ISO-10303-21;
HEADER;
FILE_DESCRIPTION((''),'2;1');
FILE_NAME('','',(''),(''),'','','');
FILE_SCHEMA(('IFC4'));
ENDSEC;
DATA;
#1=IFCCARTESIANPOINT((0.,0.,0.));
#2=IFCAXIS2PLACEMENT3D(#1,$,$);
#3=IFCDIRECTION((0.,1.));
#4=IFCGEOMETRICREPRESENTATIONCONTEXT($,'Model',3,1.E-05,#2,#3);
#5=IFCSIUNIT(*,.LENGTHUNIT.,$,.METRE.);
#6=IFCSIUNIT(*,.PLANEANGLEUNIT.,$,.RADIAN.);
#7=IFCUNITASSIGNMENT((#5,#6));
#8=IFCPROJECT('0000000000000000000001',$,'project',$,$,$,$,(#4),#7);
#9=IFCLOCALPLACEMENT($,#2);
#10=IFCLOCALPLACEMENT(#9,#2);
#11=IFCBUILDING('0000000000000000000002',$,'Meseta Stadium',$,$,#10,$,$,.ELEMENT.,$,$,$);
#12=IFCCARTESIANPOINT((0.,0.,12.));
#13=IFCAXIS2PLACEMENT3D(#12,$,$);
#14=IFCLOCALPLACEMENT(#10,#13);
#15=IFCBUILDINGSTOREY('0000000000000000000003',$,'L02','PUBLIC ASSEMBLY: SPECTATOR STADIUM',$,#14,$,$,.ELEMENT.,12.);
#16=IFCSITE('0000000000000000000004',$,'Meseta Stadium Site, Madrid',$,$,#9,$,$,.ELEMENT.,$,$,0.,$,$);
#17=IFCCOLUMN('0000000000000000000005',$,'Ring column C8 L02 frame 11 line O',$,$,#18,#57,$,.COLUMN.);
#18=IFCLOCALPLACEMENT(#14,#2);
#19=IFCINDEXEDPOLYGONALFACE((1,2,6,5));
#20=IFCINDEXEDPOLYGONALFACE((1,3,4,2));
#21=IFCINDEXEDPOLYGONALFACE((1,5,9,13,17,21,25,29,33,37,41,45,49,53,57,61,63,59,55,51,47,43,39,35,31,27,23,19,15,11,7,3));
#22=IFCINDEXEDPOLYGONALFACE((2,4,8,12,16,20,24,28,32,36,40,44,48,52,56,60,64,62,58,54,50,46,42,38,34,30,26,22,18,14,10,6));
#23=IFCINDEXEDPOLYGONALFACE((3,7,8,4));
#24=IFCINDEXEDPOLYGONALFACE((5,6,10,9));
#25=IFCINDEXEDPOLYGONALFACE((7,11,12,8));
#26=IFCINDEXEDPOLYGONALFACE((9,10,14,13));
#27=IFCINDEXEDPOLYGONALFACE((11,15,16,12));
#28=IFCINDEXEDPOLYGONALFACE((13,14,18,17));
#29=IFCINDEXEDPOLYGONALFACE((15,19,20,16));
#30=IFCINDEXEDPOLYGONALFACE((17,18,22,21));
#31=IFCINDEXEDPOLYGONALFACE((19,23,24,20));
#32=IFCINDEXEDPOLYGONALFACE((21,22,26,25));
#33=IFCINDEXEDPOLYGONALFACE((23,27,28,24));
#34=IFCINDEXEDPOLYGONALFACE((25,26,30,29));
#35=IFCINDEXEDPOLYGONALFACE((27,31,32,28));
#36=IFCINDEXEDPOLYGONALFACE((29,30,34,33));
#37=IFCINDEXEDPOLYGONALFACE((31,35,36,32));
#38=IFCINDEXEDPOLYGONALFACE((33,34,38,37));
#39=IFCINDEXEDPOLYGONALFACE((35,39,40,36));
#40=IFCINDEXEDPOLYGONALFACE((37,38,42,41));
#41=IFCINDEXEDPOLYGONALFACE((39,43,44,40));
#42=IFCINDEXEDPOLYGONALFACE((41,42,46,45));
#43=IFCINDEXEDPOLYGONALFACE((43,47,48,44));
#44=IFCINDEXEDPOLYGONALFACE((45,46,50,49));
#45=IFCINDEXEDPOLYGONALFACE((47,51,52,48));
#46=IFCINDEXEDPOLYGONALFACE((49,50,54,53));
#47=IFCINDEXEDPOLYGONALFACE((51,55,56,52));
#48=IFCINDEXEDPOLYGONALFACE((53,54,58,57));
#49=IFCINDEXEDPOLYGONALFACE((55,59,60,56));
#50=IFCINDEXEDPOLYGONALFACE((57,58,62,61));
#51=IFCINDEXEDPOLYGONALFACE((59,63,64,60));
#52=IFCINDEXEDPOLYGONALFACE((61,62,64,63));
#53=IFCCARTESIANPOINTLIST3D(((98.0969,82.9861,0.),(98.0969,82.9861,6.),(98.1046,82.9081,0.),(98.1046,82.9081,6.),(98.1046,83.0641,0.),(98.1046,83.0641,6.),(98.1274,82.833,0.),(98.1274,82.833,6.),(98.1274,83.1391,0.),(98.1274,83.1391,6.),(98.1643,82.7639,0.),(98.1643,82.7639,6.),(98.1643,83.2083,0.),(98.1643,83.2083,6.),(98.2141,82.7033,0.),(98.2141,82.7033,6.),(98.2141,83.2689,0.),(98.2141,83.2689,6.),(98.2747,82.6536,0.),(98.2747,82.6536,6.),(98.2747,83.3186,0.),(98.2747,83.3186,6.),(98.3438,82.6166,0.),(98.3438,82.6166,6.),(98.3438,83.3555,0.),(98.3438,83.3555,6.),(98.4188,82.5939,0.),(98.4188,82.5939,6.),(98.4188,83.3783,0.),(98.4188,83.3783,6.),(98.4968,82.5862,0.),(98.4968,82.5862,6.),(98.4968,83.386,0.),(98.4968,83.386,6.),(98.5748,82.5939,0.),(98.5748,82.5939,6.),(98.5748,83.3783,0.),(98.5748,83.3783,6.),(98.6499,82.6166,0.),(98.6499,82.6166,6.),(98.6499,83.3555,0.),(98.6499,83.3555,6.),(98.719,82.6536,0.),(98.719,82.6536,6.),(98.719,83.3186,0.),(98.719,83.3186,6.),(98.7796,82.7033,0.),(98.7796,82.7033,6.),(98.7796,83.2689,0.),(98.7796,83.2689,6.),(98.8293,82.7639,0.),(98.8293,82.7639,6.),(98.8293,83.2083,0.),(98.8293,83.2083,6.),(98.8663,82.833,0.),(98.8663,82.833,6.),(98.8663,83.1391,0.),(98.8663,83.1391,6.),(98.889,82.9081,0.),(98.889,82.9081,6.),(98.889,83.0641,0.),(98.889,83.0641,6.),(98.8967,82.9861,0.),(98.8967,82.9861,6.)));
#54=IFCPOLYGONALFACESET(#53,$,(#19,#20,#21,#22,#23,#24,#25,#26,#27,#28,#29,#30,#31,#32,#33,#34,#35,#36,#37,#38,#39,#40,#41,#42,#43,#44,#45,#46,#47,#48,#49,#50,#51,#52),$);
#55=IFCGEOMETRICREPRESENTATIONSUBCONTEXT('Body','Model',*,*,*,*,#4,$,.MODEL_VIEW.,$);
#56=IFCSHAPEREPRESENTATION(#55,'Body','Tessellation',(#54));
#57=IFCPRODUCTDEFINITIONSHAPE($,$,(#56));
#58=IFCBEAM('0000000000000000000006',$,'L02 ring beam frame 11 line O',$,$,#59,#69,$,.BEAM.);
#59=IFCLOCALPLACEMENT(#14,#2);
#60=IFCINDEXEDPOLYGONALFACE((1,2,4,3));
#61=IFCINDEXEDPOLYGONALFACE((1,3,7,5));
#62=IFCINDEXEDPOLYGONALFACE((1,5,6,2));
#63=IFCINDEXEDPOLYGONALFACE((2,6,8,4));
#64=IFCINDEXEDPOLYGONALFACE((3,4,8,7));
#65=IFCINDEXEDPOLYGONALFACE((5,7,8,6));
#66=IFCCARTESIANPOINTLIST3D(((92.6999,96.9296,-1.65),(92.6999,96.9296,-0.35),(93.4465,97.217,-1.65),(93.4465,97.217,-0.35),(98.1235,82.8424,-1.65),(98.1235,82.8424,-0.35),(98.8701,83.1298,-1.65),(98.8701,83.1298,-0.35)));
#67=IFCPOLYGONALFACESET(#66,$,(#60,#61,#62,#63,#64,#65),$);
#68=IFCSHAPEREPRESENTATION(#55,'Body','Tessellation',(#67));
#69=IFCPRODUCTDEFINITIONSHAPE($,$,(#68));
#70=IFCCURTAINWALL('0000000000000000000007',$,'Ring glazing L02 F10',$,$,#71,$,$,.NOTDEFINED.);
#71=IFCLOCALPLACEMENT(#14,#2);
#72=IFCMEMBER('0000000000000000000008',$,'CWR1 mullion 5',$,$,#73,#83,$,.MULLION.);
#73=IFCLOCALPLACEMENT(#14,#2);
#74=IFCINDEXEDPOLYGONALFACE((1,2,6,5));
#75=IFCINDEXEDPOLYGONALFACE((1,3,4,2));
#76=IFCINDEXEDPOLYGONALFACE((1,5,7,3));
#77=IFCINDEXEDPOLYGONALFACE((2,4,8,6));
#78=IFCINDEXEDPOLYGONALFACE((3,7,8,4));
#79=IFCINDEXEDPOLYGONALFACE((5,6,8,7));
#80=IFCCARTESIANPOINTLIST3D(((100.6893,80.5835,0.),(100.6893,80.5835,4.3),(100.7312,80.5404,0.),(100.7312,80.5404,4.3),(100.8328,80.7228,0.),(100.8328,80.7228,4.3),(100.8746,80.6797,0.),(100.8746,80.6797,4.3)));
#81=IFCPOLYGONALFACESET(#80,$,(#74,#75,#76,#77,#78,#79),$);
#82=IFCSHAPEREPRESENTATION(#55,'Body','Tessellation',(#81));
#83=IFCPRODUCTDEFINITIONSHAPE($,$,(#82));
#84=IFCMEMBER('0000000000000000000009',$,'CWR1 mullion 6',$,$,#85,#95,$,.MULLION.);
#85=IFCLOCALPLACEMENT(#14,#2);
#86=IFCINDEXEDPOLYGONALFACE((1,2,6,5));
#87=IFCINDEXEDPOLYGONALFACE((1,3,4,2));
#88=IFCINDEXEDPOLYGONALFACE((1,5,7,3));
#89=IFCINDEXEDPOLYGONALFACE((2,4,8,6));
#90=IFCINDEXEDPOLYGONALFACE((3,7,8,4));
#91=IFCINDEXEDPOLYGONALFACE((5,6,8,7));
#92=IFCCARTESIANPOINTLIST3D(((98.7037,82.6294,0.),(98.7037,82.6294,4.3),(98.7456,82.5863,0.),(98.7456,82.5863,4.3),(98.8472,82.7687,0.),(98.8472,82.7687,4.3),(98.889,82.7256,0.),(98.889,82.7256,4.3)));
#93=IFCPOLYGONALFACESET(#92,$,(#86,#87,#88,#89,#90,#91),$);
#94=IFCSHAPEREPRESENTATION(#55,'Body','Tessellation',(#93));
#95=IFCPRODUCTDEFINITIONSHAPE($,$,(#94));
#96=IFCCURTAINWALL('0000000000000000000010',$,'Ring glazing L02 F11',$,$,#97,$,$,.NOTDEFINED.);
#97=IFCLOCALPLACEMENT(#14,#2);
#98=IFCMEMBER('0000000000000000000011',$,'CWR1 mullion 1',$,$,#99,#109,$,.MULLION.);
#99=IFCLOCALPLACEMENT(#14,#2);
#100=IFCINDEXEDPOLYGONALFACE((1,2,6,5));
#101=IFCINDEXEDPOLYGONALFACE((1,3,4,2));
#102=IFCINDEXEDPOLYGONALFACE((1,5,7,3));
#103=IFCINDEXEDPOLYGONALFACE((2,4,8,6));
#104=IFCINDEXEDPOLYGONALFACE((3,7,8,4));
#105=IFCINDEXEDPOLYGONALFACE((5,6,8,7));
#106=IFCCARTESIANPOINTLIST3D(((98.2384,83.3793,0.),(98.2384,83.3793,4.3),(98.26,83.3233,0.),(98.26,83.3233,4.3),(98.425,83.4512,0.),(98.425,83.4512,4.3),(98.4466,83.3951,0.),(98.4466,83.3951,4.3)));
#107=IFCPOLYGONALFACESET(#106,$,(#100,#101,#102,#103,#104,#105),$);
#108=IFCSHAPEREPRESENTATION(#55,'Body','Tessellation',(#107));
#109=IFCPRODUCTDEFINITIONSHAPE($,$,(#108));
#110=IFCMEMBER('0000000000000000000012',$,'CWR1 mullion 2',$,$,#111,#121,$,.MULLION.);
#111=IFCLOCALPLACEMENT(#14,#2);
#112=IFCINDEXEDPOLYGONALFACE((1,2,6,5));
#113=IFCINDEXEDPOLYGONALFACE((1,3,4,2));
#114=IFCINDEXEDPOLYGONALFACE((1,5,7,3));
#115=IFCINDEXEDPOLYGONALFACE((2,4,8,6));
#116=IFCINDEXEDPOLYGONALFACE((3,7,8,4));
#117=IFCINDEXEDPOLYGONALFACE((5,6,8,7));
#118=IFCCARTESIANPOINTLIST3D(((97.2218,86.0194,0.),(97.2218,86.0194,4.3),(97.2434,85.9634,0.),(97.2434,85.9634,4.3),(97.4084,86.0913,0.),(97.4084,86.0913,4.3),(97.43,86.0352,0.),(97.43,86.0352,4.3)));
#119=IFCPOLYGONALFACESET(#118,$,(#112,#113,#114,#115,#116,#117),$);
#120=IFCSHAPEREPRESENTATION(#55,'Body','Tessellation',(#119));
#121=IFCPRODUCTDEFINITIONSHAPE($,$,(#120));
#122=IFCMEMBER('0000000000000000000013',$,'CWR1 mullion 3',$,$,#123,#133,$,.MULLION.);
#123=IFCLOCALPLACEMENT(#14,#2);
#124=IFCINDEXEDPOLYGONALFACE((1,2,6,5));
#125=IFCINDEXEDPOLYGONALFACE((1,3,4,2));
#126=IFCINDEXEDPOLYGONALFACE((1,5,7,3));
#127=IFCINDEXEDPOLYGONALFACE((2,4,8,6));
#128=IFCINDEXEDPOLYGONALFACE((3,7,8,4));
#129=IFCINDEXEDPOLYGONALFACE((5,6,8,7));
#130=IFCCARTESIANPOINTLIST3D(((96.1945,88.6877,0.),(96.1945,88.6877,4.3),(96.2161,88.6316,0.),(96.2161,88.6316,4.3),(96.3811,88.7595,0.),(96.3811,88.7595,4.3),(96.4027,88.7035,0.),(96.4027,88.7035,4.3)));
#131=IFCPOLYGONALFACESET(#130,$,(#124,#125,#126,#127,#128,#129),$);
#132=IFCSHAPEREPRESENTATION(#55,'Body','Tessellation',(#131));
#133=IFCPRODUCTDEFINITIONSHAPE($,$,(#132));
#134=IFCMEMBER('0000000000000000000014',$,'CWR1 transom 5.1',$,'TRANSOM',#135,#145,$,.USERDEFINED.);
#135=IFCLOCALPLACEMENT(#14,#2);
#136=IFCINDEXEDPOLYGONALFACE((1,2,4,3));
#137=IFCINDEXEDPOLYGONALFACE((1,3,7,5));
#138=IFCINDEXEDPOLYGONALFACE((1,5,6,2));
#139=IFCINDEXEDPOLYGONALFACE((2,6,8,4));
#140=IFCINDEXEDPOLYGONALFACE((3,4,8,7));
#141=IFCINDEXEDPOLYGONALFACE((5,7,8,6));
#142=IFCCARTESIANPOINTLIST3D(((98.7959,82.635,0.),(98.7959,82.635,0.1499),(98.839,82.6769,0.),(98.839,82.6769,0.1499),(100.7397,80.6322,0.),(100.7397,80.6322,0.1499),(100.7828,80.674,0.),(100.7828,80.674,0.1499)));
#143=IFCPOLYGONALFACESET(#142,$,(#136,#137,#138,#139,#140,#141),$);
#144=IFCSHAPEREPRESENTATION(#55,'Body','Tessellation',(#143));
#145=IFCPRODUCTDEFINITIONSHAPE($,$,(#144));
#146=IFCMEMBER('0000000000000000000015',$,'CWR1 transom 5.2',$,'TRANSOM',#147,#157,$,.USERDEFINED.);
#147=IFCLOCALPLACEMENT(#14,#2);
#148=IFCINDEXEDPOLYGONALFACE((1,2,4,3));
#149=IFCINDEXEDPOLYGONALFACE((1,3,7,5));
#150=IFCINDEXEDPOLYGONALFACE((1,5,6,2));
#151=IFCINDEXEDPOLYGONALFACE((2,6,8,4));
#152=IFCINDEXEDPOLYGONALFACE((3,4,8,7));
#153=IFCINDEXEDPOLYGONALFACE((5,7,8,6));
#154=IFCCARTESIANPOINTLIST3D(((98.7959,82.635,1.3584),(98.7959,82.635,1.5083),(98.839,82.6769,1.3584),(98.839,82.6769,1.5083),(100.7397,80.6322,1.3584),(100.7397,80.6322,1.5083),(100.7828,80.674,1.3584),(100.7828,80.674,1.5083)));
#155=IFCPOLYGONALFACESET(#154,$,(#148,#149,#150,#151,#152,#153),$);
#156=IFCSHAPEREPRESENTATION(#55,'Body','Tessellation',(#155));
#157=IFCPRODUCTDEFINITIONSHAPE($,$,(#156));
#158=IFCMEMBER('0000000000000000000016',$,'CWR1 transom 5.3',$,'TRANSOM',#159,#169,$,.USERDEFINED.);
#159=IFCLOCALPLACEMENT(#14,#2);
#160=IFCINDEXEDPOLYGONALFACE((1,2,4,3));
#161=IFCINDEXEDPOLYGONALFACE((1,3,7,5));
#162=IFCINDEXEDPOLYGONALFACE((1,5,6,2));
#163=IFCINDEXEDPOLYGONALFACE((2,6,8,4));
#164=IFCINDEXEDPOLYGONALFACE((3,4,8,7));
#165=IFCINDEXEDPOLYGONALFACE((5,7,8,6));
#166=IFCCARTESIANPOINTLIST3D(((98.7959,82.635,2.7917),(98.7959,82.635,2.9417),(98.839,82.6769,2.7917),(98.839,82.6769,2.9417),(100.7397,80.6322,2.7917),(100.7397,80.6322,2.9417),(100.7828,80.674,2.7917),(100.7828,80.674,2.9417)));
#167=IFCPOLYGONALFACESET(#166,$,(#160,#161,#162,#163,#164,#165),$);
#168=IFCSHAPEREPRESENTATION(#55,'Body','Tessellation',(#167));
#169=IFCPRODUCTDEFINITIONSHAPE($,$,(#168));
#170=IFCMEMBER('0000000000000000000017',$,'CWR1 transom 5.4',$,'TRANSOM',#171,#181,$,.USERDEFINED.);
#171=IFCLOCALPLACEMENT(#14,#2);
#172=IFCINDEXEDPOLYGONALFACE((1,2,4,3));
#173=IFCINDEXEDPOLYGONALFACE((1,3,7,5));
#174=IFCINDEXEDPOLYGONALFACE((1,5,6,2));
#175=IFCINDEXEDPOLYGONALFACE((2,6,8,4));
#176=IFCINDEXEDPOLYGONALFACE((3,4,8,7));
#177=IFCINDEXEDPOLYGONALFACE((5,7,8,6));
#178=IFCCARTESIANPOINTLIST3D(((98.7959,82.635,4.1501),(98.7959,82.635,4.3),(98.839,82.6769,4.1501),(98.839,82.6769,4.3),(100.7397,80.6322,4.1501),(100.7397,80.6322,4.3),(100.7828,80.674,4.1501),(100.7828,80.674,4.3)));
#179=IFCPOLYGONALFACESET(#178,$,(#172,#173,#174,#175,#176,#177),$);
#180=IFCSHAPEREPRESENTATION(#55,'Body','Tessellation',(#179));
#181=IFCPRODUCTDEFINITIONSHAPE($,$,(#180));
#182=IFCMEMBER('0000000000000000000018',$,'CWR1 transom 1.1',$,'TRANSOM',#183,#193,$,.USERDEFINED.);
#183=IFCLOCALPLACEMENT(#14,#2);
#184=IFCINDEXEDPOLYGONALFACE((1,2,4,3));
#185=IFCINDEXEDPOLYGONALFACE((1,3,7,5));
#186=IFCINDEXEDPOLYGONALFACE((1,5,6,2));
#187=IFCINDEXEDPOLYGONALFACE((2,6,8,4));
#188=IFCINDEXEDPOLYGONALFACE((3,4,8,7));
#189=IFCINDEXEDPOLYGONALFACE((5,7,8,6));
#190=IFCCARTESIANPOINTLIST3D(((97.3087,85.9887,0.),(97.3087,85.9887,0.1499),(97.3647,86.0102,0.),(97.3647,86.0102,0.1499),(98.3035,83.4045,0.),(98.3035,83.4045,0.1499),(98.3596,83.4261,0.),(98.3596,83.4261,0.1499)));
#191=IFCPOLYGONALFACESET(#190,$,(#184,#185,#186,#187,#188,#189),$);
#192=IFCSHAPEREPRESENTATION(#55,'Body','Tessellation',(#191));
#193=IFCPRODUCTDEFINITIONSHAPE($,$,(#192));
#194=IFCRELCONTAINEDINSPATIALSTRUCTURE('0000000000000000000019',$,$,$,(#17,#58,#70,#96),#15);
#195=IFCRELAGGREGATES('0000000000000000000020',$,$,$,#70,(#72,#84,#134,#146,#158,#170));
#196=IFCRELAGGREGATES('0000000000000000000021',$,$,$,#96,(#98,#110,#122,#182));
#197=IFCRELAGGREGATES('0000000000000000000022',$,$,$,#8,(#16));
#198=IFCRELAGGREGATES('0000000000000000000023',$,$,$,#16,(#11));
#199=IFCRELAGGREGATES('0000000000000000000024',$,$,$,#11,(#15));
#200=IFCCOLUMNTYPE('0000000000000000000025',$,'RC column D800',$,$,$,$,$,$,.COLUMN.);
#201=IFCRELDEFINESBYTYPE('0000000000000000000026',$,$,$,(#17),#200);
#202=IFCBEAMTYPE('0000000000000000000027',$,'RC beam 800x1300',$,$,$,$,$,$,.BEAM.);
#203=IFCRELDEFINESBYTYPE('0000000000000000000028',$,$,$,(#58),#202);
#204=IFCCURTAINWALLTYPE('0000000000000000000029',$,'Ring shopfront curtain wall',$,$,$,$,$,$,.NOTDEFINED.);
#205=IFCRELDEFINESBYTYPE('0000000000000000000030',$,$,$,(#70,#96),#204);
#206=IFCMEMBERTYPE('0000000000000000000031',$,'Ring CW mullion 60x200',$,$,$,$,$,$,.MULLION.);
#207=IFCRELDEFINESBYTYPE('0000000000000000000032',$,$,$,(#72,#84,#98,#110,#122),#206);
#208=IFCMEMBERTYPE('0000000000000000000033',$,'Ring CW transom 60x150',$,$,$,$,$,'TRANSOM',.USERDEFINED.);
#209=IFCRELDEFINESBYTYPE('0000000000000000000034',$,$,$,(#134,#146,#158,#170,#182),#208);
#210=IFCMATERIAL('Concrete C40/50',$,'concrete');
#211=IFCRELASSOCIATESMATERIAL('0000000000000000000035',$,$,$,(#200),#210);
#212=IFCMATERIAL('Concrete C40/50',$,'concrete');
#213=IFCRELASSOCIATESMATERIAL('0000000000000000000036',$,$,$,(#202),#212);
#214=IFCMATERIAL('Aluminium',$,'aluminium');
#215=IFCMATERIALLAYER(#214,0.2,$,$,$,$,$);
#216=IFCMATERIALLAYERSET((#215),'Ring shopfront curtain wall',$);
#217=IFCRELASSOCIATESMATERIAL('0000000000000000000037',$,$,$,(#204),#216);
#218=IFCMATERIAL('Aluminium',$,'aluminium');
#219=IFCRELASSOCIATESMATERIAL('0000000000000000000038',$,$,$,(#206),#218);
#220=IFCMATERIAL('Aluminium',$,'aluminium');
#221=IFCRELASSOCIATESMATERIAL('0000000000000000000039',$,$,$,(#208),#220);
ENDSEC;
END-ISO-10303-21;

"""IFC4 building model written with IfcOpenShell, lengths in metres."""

from ifc_helpers import new_model, si_unit, direction, frame, origin, origin_2d, place, context, subcontext, project, spatial, rectangle, circle, extrude, material, layer, layer_set, material_profile, profile_set, type_object, element, aggregate, save


model = new_model("IFC4")

# Units and contexts
model_context = context("Model", 3, precision=1e-05, world=origin(), true_north=direction((0.0, 1.0)))
body_context = subcontext(model_context, "Body", "Model", "MODEL_VIEW")
ifc_project = project(units=[si_unit("LENGTHUNIT", "METRE"), si_unit("PLANEANGLEUNIT", "RADIAN")], contexts=[model_context])

# Site, building, storey
site_placement = place(None, origin())
site = spatial("IfcSite", under=ifc_project, at=site_placement, Name="Meseta Stadium Site, Madrid", CompositionType="ELEMENT", RefElevation=0.0)
building_placement = place(site_placement, origin())
building = spatial("IfcBuilding", under=site, at=building_placement, Name="Meseta Stadium", CompositionType="ELEMENT")
storey_placement = place(building_placement, frame((0.0, 0.0, 12.0)))
storey = spatial("IfcBuildingStorey", under=building, at=storey_placement, Name="L02", Description="PUBLIC ASSEMBLY: SPECTATOR STADIUM", CompositionType="ELEMENT", Elevation=12.0)

# Column
ifc_material_1 = material(Name="Concrete C40/50", Category="concrete")
ifc_material_profile_1 = material_profile(ifc_material_1, circle(Radius=0.3999, at=origin_2d()), Name="RC D800")
ifc_profile_set_1 = profile_set([ifc_material_profile_1], Name="Concrete C40/50")
column_type = type_object("IfcColumnType", Name="RC column D800", PredefinedType="COLUMN", material=ifc_profile_set_1)
column_placement = place(storey_placement, frame((98.4968, 82.9861, 0.0), z_axis=(0.0, 0.0, 1.0), x_axis=(1.0, 0.0, 0.0)))
element("IfcColumn", 1, at=column_placement, inside=storey, type_object=column_type, Name="Ring column C8 L02 frame 11 line O", PredefinedType="COLUMN", context=body_context, shape_type="SweptSolid", body=[
    extrude(circle(Radius=0.3999, at=origin_2d()), origin(), (0.0, 0.0, 1.0), 6.0),
])

# Beam
ifc_material_2 = material(Name="Concrete C40/50", Category="concrete")
ifc_material_profile_2 = material_profile(ifc_material_2, rectangle(XDim=0.8, YDim=1.3, at=origin_2d()), Name="RC 800x1300")
ifc_profile_set_2 = profile_set([ifc_material_profile_2], Name="Concrete C40/50")
beam_type = type_object("IfcBeamType", Name="RC beam 800x1300", PredefinedType="BEAM", material=ifc_profile_set_2)
beam_placement = place(storey_placement, frame((98.4968, 82.9861, -1.0), z_axis=(-0.359293, 0.933225, 0.0), x_axis=(-0.933225, -0.359293, 0.0)))
element("IfcBeam", 2, at=beam_placement, inside=storey, type_object=beam_type, Name="L02 ring beam frame 11 line O", PredefinedType="BEAM", context=body_context, shape_type="SweptSolid", body=[
    extrude(rectangle(XDim=0.8, YDim=1.3, at=origin_2d()), origin(), (0.0, 0.0, 1.0), 15.0952),
])

# Curtain walls, members
ifc_material_3 = material(Name="Aluminium", Category="aluminium")
ifc_layer_1 = layer(ifc_material_3, 0.2)
ifc_layer_set_1 = layer_set([ifc_layer_1], Name="Ring shopfront curtain wall")
curtain_wall_type = type_object("IfcCurtainWallType", Name="Ring shopfront curtain wall", PredefinedType="NOTDEFINED", material=ifc_layer_set_1)
curtain_wall_1_placement = place(storey_placement, origin())
curtain_wall_1 = element("IfcCurtainWall", 3, at=curtain_wall_1_placement, inside=storey, type_object=curtain_wall_type, Name="Ring glazing L02 F10", PredefinedType="NOTDEFINED")
ifc_material_4 = material(Name="Aluminium", Category="aluminium")
ifc_material_profile_3 = material_profile(ifc_material_4, rectangle(XDim=0.2, YDim=0.0601, at=origin_2d()), Name="CW 200x60")
ifc_profile_set_3 = profile_set([ifc_material_profile_3], Name="Aluminium")
member_type_1 = type_object("IfcMemberType", Name="Ring CW mullion 60x200", PredefinedType="MULLION", material=ifc_profile_set_3)
member_1_placement = place(storey_placement, frame((100.782, 80.6316, 0.0), z_axis=(0.0, 0.0, 1.0), x_axis=(-0.717583, -0.696473, 0.0)))
member_1 = element("IfcMember", 4, at=member_1_placement, type_object=member_type_1, Name="CWR1 mullion 5", PredefinedType="MULLION", context=body_context, shape_type="SweptSolid", body=[
    extrude(rectangle(XDim=0.2, YDim=0.0601, at=origin_2d()), origin(), (0.0, 0.0, 1.0), 4.3),
])
member_2_placement = place(storey_placement, frame((98.7964, 82.6775, 0.0), z_axis=(0.0, 0.0, 1.0), x_axis=(-0.717583, -0.696473, 0.0)))
member_2 = element("IfcMember", 5, at=member_2_placement, type_object=member_type_1, Name="CWR1 mullion 6", PredefinedType="MULLION", context=body_context, shape_type="SweptSolid", body=[
    extrude(rectangle(XDim=0.2, YDim=0.0601, at=origin_2d()), origin(), (0.0, 0.0, 1.0), 4.3),
])
curtain_wall_2_placement = place(storey_placement, origin())
curtain_wall_2 = element("IfcCurtainWall", 6, at=curtain_wall_2_placement, inside=storey, type_object=curtain_wall_type, Name="Ring glazing L02 F11", PredefinedType="NOTDEFINED")
member_3_placement = place(storey_placement, frame((98.3425, 83.3872, 0.0), z_axis=(0.0, 0.0, 1.0), x_axis=(-0.933221, -0.359302, 0.0)))
member_3 = element("IfcMember", 7, at=member_3_placement, type_object=member_type_1, Name="CWR1 mullion 1", PredefinedType="MULLION", context=body_context, shape_type="SweptSolid", body=[
    extrude(rectangle(XDim=0.2, YDim=0.0601, at=origin_2d()), origin(), (0.0, 0.0, 1.0), 4.3),
])
member_4_placement = place(storey_placement, frame((97.3259, 86.0273, 0.0), z_axis=(0.0, 0.0, 1.0), x_axis=(-0.933221, -0.359302, 0.0)))
member_4 = element("IfcMember", 8, at=member_4_placement, type_object=member_type_1, Name="CWR1 mullion 2", PredefinedType="MULLION", context=body_context, shape_type="SweptSolid", body=[
    extrude(rectangle(XDim=0.2, YDim=0.0601, at=origin_2d()), origin(), (0.0, 0.0, 1.0), 4.3),
])
member_5_placement = place(storey_placement, frame((96.2986, 88.6956, 0.0), z_axis=(0.0, 0.0, 1.0), x_axis=(-0.933221, -0.359302, 0.0)))
member_5 = element("IfcMember", 9, at=member_5_placement, type_object=member_type_1, Name="CWR1 mullion 3", PredefinedType="MULLION", context=body_context, shape_type="SweptSolid", body=[
    extrude(rectangle(XDim=0.2, YDim=0.0601, at=origin_2d()), origin(), (0.0, 0.0, 1.0), 4.3),
])

# Members
ifc_material_5 = material(Name="Aluminium", Category="aluminium")
ifc_material_profile_4 = material_profile(ifc_material_5, rectangle(XDim=0.0601, YDim=0.1499, at=origin_2d()), Name="CW 60x150")
ifc_profile_set_4 = profile_set([ifc_material_profile_4], Name="Aluminium")
member_type_2 = type_object("IfcMemberType", Name="Ring CW transom 60x150", ElementType="TRANSOM", PredefinedType="USERDEFINED", material=ifc_profile_set_4)
member_6_placement = place(storey_placement, frame((100.7612, 80.6531, 0.075), z_axis=(-0.696444, 0.717612, 0.0), x_axis=(-0.717612, -0.696444, 0.0)))
member_6 = element("IfcMember", 10, at=member_6_placement, type_object=member_type_2, Name="CWR1 transom 5.1", ObjectType="TRANSOM", PredefinedType="USERDEFINED", context=body_context, shape_type="SweptSolid", body=[
    extrude(rectangle(XDim=0.0601, YDim=0.1499, at=origin_2d()), origin(), (0.0, 0.0, 1.0), 2.791),
])
member_7_placement = place(storey_placement, frame((100.7612, 80.6531, 1.4333), z_axis=(-0.696444, 0.717612, 0.0), x_axis=(-0.717612, -0.696444, 0.0)))
member_7 = element("IfcMember", 11, at=member_7_placement, type_object=member_type_2, Name="CWR1 transom 5.2", ObjectType="TRANSOM", PredefinedType="USERDEFINED", context=body_context, shape_type="SweptSolid", body=[
    extrude(rectangle(XDim=0.0601, YDim=0.1499, at=origin_2d()), origin(), (0.0, 0.0, 1.0), 2.791),
])
member_8_placement = place(storey_placement, frame((100.7612, 80.6531, 2.8667), z_axis=(-0.696444, 0.717612, 0.0), x_axis=(-0.717612, -0.696444, 0.0)))
member_8 = element("IfcMember", 12, at=member_8_placement, type_object=member_type_2, Name="CWR1 transom 5.3", ObjectType="TRANSOM", PredefinedType="USERDEFINED", context=body_context, shape_type="SweptSolid", body=[
    extrude(rectangle(XDim=0.0601, YDim=0.1499, at=origin_2d()), origin(), (0.0, 0.0, 1.0), 2.791),
])
member_9_placement = place(storey_placement, frame((100.7612, 80.6531, 4.2251), z_axis=(-0.696444, 0.717612, 0.0), x_axis=(-0.717612, -0.696444, 0.0)))
member_9 = element("IfcMember", 13, at=member_9_placement, type_object=member_type_2, Name="CWR1 transom 5.4", ObjectType="TRANSOM", PredefinedType="USERDEFINED", context=body_context, shape_type="SweptSolid", body=[
    extrude(rectangle(XDim=0.0601, YDim=0.1499, at=origin_2d()), origin(), (0.0, 0.0, 1.0), 2.791),
])
member_10_placement = place(storey_placement, frame((98.3315, 83.4153, 0.075), z_axis=(-0.359274, 0.933232, 0.0), x_axis=(-0.933232, -0.359274, 0.0)))
member_10 = element("IfcMember", 14, at=member_10_placement, type_object=member_type_2, Name="CWR1 transom 1.1", ObjectType="TRANSOM", PredefinedType="USERDEFINED", context=body_context, shape_type="SweptSolid", body=[
    extrude(rectangle(XDim=0.0601, YDim=0.1499, at=origin_2d()), origin(), (0.0, 0.0, 1.0), 2.769),
])

aggregate(curtain_wall_1, [member_1, member_2, member_6, member_7, member_8, member_9])
aggregate(curtain_wall_2, [member_3, member_4, member_5, member_10])

save(model, "model.ifc")
